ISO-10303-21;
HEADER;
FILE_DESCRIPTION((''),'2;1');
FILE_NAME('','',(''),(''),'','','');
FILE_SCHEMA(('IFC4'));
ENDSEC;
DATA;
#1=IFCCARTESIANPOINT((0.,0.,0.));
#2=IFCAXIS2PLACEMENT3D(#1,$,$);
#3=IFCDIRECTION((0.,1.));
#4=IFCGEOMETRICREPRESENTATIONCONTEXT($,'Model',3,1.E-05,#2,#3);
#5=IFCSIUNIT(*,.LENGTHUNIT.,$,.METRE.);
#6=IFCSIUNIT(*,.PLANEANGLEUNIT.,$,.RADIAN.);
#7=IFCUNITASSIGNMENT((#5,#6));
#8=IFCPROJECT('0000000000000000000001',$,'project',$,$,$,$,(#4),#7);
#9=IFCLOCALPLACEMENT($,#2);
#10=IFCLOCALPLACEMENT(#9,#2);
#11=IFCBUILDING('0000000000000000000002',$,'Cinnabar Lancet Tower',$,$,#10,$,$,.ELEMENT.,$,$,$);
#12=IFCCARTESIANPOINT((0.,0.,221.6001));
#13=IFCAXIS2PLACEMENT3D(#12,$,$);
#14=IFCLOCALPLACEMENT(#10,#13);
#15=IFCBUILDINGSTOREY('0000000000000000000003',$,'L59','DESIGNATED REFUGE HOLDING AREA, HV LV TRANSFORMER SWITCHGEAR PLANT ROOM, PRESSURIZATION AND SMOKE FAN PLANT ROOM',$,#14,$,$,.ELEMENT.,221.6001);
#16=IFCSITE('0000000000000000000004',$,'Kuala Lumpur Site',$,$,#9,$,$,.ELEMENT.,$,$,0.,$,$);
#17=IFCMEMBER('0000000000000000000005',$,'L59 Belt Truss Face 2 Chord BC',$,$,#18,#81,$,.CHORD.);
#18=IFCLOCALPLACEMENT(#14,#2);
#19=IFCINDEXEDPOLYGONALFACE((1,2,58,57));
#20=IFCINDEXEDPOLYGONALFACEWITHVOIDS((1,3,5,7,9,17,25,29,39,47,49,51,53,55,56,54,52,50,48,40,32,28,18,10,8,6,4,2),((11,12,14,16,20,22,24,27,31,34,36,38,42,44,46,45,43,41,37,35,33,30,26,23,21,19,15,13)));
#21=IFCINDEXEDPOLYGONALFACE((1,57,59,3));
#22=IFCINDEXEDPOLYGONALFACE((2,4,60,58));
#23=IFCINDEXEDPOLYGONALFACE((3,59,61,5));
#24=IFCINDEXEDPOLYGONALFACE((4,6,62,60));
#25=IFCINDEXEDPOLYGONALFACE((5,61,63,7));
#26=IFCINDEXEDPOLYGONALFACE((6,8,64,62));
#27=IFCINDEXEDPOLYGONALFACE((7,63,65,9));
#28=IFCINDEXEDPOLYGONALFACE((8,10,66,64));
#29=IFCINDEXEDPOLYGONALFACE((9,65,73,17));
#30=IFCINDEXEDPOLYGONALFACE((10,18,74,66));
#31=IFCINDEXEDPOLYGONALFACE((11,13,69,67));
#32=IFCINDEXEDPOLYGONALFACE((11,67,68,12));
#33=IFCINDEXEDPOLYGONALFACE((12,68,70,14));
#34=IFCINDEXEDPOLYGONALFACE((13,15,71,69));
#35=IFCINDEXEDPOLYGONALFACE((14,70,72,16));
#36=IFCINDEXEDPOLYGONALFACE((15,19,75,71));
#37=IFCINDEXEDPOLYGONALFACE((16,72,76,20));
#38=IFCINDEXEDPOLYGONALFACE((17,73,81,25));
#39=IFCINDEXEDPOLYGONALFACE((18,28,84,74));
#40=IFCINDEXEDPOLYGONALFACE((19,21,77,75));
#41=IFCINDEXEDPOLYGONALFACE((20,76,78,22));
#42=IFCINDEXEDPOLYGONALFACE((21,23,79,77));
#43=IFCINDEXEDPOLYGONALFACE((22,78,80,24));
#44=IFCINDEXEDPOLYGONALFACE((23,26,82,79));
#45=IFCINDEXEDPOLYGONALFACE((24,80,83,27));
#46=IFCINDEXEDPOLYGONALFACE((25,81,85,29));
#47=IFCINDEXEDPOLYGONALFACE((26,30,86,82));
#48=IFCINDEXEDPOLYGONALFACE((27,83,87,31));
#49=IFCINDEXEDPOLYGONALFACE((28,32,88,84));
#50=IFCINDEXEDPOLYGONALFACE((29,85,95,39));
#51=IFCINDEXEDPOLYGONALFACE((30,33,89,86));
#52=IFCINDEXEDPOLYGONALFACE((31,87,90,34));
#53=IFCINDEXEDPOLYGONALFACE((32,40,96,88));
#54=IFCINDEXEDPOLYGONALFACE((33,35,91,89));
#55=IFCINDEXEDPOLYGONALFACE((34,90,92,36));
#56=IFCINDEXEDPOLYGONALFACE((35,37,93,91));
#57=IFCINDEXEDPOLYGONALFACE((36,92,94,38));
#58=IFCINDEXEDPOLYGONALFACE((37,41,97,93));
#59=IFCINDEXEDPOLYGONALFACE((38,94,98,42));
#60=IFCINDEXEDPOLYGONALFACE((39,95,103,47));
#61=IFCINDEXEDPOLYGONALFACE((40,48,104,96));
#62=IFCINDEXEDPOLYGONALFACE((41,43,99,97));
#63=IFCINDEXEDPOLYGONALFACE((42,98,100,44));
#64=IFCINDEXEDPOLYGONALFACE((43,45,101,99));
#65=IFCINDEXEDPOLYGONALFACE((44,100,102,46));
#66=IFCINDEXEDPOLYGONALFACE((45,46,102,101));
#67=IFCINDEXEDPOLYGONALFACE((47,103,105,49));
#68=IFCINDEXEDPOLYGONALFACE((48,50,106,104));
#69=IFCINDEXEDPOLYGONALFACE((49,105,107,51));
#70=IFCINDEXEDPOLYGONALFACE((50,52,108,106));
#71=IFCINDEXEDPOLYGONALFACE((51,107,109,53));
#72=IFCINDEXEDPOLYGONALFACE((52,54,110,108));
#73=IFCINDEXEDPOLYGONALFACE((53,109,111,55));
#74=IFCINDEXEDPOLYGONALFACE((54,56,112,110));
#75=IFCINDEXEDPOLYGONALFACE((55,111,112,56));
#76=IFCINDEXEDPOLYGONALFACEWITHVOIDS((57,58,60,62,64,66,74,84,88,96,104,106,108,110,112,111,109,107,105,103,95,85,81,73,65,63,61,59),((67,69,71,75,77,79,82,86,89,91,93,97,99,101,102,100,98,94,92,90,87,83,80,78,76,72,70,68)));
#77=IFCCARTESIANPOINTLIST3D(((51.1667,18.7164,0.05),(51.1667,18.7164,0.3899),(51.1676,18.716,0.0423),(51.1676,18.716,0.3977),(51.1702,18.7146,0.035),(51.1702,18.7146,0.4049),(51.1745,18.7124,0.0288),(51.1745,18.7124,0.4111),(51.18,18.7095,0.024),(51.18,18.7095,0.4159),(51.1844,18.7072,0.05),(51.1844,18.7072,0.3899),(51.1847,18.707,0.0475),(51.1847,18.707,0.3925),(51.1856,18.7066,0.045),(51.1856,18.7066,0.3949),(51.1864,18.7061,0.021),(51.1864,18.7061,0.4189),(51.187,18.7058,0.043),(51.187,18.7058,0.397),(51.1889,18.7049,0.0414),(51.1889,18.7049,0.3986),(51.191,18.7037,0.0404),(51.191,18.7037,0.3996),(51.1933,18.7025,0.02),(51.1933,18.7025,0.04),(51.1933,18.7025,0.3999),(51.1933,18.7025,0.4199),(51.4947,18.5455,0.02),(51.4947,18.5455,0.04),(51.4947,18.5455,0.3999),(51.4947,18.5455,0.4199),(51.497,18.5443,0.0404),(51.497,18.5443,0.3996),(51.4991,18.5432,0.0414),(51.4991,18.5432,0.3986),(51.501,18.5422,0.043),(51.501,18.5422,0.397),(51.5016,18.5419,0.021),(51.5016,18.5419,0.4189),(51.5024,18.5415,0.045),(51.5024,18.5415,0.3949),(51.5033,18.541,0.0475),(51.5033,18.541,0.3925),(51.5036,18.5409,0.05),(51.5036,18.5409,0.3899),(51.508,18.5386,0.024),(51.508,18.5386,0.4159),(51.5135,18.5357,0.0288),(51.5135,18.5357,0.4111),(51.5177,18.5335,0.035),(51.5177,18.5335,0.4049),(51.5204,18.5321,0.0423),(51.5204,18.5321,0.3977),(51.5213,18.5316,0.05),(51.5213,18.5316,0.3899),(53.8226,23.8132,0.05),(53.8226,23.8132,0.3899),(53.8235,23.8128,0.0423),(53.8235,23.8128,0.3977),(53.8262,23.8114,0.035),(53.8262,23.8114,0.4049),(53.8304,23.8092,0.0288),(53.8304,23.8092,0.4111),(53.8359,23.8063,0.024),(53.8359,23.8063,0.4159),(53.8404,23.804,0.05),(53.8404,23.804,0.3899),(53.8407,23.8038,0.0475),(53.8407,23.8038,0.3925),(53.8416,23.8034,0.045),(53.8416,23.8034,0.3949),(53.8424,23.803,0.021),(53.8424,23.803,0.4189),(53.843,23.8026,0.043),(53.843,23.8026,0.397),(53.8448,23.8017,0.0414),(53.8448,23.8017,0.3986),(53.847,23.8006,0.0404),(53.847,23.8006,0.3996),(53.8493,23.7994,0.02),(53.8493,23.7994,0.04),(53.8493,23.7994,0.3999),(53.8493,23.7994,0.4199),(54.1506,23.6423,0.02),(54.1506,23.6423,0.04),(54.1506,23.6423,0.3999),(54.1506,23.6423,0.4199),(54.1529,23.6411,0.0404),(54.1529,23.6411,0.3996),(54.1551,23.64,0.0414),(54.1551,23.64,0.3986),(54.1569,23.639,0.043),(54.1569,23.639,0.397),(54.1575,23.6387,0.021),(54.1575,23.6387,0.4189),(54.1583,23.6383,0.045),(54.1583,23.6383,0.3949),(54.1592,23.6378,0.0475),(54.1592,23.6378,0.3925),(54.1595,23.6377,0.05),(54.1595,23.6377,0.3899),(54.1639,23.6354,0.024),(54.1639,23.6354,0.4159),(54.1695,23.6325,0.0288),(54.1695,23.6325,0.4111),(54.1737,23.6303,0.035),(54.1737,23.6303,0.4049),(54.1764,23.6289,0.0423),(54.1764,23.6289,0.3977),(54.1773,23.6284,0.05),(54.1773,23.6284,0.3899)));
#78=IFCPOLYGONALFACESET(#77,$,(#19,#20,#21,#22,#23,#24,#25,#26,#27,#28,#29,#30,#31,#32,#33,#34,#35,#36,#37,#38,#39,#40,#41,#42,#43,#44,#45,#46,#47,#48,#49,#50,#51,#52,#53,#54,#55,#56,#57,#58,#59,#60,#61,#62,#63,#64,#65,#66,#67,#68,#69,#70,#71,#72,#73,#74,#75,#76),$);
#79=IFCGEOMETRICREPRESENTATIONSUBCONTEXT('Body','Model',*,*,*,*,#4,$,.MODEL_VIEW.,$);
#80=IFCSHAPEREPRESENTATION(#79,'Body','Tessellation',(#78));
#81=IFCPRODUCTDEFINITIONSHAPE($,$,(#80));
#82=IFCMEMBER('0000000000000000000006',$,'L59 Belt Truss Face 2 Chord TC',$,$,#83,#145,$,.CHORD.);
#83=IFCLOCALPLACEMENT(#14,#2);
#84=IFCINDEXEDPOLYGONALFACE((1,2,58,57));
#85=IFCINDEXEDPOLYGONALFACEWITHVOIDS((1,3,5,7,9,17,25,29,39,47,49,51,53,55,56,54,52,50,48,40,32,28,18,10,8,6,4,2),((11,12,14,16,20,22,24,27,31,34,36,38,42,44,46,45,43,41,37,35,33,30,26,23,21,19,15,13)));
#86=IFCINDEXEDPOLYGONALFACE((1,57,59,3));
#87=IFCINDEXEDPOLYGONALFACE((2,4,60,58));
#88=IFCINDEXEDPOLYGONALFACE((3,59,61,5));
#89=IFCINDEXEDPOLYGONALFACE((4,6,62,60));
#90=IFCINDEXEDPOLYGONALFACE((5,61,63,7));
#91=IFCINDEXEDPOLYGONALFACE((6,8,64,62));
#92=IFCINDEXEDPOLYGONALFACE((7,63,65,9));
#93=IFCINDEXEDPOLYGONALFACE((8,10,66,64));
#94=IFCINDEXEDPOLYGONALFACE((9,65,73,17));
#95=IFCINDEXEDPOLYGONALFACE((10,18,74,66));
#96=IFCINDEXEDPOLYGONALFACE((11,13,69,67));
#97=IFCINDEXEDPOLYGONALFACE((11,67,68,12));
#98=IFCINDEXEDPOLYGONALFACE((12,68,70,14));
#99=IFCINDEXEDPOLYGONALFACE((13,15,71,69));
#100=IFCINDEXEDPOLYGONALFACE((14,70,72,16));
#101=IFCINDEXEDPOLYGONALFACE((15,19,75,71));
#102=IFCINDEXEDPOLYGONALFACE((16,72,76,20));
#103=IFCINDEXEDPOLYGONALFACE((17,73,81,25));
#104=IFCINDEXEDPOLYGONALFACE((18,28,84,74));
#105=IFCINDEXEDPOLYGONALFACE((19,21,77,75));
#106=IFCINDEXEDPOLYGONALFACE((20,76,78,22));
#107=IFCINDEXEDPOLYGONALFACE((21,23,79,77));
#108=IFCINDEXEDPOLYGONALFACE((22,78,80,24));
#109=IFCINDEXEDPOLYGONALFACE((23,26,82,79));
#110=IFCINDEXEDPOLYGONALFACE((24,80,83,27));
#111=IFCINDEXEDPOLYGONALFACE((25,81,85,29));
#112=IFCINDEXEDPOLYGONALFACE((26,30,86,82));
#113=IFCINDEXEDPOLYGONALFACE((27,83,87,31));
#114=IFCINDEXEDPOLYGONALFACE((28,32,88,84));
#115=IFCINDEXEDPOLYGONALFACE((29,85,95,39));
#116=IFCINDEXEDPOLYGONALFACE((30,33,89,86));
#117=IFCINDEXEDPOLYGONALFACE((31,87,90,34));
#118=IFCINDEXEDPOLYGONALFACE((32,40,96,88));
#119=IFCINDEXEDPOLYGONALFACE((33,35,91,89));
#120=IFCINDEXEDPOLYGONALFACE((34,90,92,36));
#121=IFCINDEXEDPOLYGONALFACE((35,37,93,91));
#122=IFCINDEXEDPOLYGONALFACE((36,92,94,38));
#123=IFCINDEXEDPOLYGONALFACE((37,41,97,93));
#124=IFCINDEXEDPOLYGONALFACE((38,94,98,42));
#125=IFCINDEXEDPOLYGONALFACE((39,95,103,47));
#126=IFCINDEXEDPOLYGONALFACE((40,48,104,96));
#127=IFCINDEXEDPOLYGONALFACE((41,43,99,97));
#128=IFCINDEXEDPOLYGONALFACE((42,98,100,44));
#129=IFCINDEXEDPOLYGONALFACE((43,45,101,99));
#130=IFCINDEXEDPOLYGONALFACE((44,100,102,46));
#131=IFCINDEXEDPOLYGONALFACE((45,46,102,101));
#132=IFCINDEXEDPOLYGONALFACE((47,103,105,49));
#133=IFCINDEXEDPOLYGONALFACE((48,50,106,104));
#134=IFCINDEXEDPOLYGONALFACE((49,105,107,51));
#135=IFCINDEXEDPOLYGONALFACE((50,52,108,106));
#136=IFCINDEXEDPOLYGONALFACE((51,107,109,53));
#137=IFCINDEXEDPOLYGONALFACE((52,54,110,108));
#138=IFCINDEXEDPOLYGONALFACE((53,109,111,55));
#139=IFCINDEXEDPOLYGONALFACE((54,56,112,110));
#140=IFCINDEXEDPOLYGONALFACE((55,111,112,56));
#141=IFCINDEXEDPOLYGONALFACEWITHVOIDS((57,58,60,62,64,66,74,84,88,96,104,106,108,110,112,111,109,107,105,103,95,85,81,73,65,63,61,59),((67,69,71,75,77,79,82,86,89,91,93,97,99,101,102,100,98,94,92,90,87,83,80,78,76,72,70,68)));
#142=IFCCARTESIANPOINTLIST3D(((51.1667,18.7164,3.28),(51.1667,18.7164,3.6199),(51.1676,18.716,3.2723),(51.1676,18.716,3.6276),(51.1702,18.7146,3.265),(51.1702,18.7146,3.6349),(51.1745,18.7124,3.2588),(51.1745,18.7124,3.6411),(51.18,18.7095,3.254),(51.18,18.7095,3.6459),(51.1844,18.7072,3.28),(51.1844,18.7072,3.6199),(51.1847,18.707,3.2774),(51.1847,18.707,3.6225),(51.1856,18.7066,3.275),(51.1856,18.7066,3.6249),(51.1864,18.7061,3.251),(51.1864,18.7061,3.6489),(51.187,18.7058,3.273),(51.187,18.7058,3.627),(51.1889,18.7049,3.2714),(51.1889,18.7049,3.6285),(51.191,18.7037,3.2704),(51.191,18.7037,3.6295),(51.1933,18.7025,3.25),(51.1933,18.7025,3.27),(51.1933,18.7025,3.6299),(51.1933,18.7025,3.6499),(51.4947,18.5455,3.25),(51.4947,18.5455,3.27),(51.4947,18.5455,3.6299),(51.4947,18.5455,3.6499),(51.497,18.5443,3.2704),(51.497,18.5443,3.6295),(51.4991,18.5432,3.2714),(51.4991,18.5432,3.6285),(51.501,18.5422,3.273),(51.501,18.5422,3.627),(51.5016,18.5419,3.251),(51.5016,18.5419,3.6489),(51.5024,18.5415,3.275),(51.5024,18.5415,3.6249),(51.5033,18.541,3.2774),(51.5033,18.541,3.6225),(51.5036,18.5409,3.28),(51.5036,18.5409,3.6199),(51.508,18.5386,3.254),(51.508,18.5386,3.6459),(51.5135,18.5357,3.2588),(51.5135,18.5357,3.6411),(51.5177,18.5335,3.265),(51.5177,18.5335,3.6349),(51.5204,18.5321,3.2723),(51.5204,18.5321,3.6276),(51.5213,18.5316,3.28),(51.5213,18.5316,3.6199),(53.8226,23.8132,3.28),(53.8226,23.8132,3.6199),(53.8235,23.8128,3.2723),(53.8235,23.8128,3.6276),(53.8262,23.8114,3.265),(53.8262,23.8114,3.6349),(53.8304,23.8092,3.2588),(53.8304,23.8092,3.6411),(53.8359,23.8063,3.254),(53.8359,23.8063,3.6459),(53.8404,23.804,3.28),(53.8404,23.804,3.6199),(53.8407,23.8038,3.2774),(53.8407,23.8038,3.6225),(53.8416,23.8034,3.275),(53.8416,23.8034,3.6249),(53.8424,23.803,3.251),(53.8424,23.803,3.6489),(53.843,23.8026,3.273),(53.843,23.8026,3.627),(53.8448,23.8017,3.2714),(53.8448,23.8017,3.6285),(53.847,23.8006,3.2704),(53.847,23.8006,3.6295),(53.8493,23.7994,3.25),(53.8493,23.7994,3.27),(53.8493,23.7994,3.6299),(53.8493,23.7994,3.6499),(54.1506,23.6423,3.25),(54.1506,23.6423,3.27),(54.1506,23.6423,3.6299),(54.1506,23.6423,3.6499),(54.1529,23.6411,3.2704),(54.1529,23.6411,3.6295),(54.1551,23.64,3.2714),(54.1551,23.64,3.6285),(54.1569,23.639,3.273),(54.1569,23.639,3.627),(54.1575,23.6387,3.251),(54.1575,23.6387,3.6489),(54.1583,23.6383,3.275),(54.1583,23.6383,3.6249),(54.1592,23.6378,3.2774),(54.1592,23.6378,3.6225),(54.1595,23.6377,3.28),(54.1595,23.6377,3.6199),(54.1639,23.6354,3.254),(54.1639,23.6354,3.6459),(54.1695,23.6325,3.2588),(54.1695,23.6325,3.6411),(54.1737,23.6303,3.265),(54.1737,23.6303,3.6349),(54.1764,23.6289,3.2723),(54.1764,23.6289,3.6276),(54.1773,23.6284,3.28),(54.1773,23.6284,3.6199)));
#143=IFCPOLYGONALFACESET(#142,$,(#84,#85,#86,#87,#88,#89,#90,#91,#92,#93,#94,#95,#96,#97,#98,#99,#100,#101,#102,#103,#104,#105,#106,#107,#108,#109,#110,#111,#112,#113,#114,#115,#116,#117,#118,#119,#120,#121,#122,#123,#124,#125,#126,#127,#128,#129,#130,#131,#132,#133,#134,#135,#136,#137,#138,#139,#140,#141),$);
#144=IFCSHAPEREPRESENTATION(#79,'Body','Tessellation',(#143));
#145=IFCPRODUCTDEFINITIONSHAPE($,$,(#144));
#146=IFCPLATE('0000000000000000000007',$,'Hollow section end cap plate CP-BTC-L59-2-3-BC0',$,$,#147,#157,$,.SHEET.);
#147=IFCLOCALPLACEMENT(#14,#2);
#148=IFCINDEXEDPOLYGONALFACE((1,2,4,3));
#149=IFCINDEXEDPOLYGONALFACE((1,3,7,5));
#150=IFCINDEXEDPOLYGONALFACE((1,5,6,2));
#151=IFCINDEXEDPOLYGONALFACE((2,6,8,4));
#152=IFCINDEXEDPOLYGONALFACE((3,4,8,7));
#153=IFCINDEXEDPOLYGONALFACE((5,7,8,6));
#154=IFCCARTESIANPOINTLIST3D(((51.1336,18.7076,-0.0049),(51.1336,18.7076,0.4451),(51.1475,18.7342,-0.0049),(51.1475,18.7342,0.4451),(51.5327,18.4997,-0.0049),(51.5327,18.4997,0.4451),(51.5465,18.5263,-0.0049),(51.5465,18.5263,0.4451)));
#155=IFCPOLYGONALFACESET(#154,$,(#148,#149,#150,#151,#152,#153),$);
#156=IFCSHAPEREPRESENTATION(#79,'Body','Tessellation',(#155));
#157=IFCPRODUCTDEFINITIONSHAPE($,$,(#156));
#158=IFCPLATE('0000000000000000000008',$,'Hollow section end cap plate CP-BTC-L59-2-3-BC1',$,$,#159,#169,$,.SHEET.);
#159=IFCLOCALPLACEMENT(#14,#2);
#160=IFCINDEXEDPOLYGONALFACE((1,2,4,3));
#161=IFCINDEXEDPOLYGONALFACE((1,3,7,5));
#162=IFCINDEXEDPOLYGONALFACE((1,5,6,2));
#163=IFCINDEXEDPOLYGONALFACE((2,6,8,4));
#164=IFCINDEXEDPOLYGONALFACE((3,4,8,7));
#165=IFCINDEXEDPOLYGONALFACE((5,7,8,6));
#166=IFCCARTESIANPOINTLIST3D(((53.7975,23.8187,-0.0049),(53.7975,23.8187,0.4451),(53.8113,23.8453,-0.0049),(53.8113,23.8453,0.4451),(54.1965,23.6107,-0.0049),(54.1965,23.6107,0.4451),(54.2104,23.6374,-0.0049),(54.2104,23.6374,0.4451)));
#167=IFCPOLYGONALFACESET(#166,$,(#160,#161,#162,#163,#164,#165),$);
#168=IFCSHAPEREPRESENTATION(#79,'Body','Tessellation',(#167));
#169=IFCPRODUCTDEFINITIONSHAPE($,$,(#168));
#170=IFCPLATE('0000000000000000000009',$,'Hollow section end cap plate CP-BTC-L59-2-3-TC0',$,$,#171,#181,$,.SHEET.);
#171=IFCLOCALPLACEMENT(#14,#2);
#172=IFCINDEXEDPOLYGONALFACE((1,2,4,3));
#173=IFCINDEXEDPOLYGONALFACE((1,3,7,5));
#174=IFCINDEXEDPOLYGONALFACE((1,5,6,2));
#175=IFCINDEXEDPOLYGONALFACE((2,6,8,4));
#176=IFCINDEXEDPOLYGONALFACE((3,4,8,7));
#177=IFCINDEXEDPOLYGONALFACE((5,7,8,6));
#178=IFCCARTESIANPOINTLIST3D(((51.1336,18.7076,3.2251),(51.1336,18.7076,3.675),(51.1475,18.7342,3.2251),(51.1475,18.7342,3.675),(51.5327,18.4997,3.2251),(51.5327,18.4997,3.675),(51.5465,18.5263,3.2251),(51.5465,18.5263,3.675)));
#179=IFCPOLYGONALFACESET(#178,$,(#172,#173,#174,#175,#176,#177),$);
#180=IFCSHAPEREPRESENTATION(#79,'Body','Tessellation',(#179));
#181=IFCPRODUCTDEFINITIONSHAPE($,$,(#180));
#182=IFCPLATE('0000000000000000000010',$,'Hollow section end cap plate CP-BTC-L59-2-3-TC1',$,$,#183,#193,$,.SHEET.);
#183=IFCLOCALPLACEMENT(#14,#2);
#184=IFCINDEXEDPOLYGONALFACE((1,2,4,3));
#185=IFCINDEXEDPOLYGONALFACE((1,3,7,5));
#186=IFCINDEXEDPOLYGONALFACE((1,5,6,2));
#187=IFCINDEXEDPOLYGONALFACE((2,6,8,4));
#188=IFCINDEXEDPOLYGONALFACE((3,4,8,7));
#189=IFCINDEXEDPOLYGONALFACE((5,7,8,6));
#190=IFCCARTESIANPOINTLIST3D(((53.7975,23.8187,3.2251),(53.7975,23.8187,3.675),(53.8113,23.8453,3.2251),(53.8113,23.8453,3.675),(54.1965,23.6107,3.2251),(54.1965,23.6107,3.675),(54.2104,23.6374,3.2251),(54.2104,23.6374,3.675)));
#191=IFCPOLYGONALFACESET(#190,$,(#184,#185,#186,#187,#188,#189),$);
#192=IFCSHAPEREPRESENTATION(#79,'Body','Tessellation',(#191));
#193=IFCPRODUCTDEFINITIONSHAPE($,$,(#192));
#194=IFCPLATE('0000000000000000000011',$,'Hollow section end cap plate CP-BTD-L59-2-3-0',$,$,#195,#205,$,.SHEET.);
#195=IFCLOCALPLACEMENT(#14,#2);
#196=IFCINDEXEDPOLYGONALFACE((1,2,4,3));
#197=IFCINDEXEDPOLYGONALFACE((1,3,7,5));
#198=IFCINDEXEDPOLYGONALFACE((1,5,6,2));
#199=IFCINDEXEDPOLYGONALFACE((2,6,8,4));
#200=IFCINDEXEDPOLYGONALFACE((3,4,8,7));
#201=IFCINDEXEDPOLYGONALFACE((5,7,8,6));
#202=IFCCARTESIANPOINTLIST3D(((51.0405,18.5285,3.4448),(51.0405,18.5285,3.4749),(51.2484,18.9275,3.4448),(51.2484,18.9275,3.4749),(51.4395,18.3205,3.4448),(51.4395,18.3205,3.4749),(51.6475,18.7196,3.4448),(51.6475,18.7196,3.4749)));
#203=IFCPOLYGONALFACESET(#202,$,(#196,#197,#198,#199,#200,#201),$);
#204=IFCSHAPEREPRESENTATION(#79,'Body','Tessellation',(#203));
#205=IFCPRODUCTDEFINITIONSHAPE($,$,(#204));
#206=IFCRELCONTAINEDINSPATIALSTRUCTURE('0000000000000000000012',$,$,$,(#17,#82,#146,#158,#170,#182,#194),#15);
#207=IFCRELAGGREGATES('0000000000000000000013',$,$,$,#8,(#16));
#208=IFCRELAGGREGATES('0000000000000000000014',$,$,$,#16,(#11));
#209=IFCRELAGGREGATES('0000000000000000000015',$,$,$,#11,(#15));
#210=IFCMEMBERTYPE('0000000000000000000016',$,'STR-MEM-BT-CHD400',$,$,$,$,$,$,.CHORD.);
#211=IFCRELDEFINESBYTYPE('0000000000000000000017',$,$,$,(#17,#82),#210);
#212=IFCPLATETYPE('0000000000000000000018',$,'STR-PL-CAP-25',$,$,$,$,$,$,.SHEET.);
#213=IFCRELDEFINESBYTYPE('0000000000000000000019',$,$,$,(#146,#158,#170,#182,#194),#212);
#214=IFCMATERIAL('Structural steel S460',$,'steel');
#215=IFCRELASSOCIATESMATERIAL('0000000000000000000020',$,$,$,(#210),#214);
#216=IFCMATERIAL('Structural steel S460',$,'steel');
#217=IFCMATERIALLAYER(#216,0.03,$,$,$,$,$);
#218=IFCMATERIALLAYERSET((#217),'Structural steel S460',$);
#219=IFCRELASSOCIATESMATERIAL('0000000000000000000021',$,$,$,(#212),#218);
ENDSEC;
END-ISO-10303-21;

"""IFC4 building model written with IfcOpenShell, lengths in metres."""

from ifc_helpers import new_model, si_unit, direction, frame, origin, origin_2d, place, context, subcontext, project, spatial, rectangle, hollow_rectangle, extrude, material, layer, layer_set, material_profile, profile_set, type_object, element, save


model = new_model("IFC4")

# Units and contexts
model_context = context("Model", 3, precision=1e-05, world=origin(), true_north=direction((0.0, 1.0)))
body_context = subcontext(model_context, "Body", "Model", "MODEL_VIEW")
ifc_project = project(units=[si_unit("LENGTHUNIT", "METRE"), si_unit("PLANEANGLEUNIT", "RADIAN")], contexts=[model_context])

# Site, building, storey
site_placement = place(None, origin())
site = spatial("IfcSite", under=ifc_project, at=site_placement, Name="Kuala Lumpur Site", CompositionType="ELEMENT", RefElevation=0.0)
building_placement = place(site_placement, origin())
building = spatial("IfcBuilding", under=site, at=building_placement, Name="Cinnabar Lancet Tower", CompositionType="ELEMENT")
storey_placement = place(building_placement, frame((0.0, 0.0, 221.6001)))
storey = spatial("IfcBuildingStorey", under=building, at=storey_placement, Name="L59", Description="DESIGNATED REFUGE HOLDING AREA, HV LV TRANSFORMER SWITCHGEAR PLANT ROOM, PRESSURIZATION AND SMOKE FAN PLANT ROOM", CompositionType="ELEMENT", Elevation=221.6001)

# Members
ifc_material_1 = material(Name="Structural steel S460", Category="steel")
ifc_material_profile_1 = material_profile(ifc_material_1, hollow_rectangle(XDim=0.3999, YDim=0.3999, WallThickness=0.02, InnerFilletRadius=0.01, OuterFilletRadius=0.03, at=origin_2d()), Name="SHS 400x400x20")
ifc_profile_set_1 = profile_set([ifc_material_profile_1], Name="Structural steel S460")
member_type_1 = type_object("IfcMemberType", Name="STR-MEM-BT-CHD400", PredefinedType="CHORD", material=ifc_profile_set_1)
for number, where, z_axis, x_axis, name in (
    (1, (51.344, 18.624, 0.22), (0.46212, 0.886817, 0.0), (-0.886817, 0.46212, 0.0), "L59 Belt Truss Face 2 Chord BC"),
    (2, (51.344, 18.624, 3.45), (0.46212, 0.886817, 0.0), (-0.886817, 0.46212, 0.0), "L59 Belt Truss Face 2 Chord TC"),
):
    element("IfcMember", number, at=place(storey_placement, frame(where, z_axis=z_axis, x_axis=x_axis)), inside=storey, type_object=member_type_1, Name=name, PredefinedType="CHORD", context=body_context, shape_type="SweptSolid", body=[
        extrude(hollow_rectangle(XDim=0.3999, YDim=0.3999, WallThickness=0.02, InnerFilletRadius=0.01, OuterFilletRadius=0.03, at=origin_2d()), origin(), (0.0, 0.0, 1.0), 5.7473),
    ])

# Plates
ifc_material_2 = material(Name="Structural steel S460", Category="steel")
ifc_layer_1 = layer(ifc_material_2, 0.03)
ifc_layer_set_1 = layer_set([ifc_layer_1], Name="Structural steel S460")
plate_type = type_object("IfcPlateType", Name="STR-PL-CAP-25", PredefinedType="SHEET", material=ifc_layer_set_1)
for number, where, z_axis, x_axis, name in (
    (3, (51.3401, 18.6169, -0.0049), (0.0, 0.0, 1.0), (-0.46212, -0.886817, 0.0), "Hollow section end cap plate CP-BTC-L59-2-3-BC0"),
    (4, (54.0039, 23.728, -0.0049), (0.0, 0.0, 1.0), (0.46212, 0.886817, 0.0), "Hollow section end cap plate CP-BTC-L59-2-3-BC1"),
    (5, (51.3401, 18.6169, 3.2251), (0.0, 0.0, 1.0), (-0.46212, -0.886817, 0.0), "Hollow section end cap plate CP-BTC-L59-2-3-TC0"),
    (6, (54.0039, 23.728, 3.2251), (0.0, 0.0, 1.0), (0.46212, 0.886817, 0.0), "Hollow section end cap plate CP-BTC-L59-2-3-TC1"),
):
    element("IfcPlate", number, at=place(storey_placement, frame(where, z_axis=z_axis, x_axis=x_axis)), inside=storey, type_object=plate_type, Name=name, PredefinedType="SHEET", context=body_context, shape_type="SweptSolid", body=[
        extrude(rectangle(XDim=0.03, YDim=0.45, at=origin_2d()), origin(), (0.0, 0.0, 1.0), 0.45),
    ])
for number, where, z_axis, x_axis, name in (
    (7, (51.344, 18.624, 3.4448), (0.0, 0.0, 1.0), (-0.46212, -0.886817, 0.0), "Hollow section end cap plate CP-BTD-L59-2-3-0"),
):
    element("IfcPlate", number, at=place(storey_placement, frame(where, z_axis=z_axis, x_axis=x_axis)), inside=storey, type_object=plate_type, Name=name, PredefinedType="SHEET", context=body_context, shape_type="SweptSolid", body=[
        extrude(rectangle(XDim=0.45, YDim=0.45, at=origin_2d()), origin(), (0.0, 0.0, 1.0), 0.03),
    ])

save(model, "model.ifc")
